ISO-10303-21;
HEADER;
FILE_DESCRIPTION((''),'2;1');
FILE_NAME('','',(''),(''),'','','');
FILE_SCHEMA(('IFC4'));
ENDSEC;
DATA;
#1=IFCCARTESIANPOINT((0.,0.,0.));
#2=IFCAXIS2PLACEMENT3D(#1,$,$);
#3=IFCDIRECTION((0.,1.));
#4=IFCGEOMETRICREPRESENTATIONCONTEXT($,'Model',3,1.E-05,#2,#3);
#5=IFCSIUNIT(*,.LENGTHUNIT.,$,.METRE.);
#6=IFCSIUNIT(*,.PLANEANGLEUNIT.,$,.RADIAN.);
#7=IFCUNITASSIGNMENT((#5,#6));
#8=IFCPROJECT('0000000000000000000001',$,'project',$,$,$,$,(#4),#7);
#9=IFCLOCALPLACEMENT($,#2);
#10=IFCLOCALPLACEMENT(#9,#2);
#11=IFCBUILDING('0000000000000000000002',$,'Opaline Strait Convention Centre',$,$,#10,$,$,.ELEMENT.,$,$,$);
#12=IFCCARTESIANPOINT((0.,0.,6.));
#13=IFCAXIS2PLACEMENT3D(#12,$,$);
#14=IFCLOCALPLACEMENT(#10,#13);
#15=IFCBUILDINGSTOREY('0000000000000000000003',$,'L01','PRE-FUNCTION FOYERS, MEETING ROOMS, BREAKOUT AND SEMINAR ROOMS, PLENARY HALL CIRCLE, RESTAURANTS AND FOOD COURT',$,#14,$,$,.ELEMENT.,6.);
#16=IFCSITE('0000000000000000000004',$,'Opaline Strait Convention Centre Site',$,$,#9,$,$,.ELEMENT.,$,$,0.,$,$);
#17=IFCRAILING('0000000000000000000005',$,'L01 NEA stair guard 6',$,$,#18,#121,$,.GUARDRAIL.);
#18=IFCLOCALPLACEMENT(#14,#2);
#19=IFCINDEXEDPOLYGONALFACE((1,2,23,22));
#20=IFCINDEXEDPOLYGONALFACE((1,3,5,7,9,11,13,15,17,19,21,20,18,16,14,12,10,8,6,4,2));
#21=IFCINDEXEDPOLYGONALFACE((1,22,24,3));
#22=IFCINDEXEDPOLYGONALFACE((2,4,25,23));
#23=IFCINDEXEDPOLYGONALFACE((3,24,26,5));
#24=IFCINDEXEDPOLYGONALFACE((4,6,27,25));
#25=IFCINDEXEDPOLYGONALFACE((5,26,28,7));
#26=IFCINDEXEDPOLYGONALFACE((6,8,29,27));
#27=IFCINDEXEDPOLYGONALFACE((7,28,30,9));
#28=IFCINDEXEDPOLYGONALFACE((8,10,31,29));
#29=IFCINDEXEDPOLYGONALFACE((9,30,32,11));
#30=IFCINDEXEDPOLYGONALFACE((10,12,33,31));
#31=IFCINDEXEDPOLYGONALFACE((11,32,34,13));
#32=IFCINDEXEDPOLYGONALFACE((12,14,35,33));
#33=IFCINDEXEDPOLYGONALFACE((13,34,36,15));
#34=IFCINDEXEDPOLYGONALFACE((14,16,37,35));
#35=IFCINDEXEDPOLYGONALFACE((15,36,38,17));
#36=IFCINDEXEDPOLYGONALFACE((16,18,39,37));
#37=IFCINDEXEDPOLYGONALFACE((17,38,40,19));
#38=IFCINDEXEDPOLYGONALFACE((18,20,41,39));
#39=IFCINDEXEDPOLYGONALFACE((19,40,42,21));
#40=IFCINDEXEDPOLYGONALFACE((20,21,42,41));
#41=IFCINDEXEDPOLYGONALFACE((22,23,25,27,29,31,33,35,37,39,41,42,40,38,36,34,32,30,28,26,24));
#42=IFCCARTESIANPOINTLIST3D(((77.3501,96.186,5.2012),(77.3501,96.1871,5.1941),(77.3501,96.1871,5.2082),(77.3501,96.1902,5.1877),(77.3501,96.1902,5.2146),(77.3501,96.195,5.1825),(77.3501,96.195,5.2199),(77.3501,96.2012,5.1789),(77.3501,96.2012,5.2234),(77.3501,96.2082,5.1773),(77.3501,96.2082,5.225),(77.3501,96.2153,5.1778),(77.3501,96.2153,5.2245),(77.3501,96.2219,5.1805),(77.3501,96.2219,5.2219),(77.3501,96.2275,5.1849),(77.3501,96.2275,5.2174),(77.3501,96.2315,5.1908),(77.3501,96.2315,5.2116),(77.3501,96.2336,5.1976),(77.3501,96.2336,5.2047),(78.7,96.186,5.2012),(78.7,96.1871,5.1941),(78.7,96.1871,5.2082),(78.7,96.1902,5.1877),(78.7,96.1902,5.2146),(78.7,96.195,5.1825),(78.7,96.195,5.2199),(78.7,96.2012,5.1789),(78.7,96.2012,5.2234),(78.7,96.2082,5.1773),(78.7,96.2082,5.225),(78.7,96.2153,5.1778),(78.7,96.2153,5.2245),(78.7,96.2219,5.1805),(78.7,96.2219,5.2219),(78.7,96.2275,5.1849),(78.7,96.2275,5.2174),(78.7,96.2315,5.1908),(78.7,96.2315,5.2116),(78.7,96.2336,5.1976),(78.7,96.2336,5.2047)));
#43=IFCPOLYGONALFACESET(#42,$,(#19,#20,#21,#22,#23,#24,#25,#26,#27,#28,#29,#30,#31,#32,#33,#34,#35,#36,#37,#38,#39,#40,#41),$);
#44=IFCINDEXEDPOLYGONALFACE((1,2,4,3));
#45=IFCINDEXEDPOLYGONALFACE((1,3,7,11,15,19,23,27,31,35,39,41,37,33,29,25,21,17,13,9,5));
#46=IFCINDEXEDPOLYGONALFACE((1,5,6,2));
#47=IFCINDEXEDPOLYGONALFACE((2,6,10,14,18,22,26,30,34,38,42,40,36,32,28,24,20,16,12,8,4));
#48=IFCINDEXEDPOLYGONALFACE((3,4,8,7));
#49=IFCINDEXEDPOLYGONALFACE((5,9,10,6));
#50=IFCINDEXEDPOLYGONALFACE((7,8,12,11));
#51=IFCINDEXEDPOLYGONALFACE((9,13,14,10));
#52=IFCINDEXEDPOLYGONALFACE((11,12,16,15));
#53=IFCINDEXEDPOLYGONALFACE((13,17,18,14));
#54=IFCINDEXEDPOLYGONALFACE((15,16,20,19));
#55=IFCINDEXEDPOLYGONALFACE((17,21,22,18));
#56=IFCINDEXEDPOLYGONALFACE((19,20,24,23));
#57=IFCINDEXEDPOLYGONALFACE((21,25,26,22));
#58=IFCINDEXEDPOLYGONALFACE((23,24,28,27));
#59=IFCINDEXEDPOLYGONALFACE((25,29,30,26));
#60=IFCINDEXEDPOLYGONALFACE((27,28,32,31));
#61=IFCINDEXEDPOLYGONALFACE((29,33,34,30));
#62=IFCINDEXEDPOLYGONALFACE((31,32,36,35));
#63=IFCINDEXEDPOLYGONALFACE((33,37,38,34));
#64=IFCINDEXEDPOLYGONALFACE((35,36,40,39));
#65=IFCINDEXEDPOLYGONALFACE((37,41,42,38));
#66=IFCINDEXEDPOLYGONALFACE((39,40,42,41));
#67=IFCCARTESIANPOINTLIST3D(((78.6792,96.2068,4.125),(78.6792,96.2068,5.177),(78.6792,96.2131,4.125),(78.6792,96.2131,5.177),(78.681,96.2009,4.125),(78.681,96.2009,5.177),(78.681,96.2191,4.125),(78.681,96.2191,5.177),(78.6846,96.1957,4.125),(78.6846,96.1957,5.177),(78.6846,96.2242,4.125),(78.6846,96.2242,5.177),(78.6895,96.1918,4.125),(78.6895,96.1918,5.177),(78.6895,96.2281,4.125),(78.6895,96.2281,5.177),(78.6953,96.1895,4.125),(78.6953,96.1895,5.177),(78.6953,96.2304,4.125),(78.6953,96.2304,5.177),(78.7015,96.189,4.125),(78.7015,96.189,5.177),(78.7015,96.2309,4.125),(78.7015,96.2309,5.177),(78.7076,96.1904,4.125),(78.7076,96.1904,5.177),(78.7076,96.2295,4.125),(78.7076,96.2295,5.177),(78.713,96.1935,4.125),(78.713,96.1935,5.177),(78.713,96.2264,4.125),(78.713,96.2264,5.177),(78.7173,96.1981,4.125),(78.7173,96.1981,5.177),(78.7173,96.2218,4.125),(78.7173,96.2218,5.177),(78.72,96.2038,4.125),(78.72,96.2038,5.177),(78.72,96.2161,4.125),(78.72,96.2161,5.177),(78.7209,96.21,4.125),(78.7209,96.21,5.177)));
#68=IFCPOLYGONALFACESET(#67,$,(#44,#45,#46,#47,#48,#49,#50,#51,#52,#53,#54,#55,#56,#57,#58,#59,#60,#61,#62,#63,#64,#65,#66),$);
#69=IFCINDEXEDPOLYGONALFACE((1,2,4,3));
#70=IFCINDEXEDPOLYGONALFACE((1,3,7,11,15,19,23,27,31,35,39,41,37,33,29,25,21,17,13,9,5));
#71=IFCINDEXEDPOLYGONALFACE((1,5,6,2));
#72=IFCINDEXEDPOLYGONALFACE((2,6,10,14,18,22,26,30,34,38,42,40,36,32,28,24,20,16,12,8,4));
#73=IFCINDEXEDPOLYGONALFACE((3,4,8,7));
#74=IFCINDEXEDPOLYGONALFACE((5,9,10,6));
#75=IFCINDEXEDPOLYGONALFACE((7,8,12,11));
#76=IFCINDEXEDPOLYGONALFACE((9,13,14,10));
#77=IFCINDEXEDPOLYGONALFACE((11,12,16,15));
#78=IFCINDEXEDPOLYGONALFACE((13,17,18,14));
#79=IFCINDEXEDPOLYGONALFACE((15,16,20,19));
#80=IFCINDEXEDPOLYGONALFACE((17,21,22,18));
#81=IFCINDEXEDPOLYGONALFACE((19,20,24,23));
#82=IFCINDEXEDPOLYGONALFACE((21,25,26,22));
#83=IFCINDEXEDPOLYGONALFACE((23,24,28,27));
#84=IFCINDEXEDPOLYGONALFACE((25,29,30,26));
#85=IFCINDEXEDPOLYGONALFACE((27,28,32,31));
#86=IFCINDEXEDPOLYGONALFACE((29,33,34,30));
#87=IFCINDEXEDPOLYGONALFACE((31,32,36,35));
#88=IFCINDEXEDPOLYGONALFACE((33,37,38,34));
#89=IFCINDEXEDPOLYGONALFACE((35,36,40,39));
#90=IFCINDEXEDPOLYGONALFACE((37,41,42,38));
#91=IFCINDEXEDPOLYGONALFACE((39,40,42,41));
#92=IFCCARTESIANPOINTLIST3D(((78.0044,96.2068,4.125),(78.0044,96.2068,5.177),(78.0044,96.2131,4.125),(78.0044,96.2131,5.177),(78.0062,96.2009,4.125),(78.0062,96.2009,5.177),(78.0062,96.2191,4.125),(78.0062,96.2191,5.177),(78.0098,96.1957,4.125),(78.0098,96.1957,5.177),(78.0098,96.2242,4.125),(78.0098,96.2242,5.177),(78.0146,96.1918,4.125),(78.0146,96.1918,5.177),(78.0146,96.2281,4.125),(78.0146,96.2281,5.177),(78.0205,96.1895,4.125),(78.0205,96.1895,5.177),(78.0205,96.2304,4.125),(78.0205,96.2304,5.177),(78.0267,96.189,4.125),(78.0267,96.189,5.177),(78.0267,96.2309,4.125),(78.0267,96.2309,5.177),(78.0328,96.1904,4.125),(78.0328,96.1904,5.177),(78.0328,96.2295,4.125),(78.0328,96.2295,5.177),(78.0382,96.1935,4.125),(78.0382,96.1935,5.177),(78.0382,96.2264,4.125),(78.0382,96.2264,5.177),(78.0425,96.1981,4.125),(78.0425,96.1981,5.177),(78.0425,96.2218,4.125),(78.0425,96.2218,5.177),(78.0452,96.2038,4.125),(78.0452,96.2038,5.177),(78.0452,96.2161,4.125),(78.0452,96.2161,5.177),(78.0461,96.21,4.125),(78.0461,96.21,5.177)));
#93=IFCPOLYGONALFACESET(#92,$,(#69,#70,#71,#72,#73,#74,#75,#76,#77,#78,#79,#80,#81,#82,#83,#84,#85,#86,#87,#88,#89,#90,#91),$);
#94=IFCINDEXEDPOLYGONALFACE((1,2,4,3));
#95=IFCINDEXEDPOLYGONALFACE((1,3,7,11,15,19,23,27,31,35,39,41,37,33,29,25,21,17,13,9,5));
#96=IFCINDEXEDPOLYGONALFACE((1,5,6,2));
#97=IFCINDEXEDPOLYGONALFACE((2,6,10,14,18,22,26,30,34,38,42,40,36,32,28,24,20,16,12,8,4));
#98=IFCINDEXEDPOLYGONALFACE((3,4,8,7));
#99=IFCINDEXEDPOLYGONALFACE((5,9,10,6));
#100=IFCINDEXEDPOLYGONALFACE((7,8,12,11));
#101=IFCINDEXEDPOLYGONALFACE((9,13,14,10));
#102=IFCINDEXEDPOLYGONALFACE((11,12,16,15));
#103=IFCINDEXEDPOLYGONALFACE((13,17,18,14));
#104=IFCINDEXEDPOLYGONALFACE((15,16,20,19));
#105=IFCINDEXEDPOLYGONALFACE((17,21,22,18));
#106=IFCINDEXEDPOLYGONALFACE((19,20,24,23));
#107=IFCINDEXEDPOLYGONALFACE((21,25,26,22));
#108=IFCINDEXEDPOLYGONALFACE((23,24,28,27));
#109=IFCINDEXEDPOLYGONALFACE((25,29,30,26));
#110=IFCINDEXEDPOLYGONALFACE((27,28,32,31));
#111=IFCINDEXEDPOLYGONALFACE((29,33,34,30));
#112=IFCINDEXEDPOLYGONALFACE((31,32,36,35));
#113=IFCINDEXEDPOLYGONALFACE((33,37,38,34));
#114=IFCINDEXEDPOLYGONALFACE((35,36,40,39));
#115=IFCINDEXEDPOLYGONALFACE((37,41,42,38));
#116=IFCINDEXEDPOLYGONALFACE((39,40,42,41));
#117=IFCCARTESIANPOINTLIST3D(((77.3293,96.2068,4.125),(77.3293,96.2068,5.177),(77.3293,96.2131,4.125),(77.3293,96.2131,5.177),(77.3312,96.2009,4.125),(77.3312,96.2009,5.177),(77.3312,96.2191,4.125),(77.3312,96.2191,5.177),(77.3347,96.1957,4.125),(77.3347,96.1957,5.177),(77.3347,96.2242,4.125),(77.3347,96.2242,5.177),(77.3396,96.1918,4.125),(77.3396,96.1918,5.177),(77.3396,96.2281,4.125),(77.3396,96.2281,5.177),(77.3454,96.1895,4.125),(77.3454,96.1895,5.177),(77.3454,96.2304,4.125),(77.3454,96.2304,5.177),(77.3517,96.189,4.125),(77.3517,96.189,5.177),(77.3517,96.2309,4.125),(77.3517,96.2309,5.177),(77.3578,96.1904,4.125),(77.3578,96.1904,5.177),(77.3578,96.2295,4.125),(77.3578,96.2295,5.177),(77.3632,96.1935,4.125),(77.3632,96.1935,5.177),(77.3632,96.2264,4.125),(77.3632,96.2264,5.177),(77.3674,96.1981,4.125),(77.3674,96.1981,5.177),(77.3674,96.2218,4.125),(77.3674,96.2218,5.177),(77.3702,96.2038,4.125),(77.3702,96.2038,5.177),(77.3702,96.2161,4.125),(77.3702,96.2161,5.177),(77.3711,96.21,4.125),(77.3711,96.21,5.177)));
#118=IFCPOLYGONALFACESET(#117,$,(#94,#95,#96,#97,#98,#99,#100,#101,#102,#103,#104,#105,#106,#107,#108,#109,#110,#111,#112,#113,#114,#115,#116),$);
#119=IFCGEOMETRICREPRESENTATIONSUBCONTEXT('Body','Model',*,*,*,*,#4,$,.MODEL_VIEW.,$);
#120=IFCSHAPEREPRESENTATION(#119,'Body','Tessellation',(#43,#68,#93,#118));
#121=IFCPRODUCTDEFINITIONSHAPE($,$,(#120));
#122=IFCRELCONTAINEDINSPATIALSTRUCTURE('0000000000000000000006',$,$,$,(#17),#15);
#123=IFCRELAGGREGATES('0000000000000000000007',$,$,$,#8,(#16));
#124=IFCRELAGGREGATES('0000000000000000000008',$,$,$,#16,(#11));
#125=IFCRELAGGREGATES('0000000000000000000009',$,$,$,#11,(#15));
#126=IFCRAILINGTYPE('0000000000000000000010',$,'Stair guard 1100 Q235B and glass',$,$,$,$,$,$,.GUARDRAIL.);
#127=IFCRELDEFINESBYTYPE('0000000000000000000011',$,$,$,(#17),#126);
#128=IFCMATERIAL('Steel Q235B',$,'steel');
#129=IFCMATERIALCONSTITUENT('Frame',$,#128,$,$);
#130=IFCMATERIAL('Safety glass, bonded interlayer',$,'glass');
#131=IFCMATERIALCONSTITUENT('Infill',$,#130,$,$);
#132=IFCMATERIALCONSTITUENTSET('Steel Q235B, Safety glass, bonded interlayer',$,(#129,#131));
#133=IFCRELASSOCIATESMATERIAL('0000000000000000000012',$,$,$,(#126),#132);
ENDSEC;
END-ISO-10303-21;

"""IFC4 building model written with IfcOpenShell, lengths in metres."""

from ifc_helpers import new_model, si_unit, direction, frame, origin, origin_2d, place, context, subcontext, project, spatial, circle, extrude, material, constituent, constituent_set, type_object, element, save


model = new_model("IFC4")

# Units and contexts
model_context = context("Model", 3, precision=1e-05, world=origin(), true_north=direction((0.0, 1.0)))
body_context = subcontext(model_context, "Body", "Model", "MODEL_VIEW")
ifc_project = project(units=[si_unit("LENGTHUNIT", "METRE"), si_unit("PLANEANGLEUNIT", "RADIAN")], contexts=[model_context])

# Site, building, storey
site_placement = place(None, origin())
site = spatial("IfcSite", under=ifc_project, at=site_placement, Name="Opaline Strait Convention Centre Site", CompositionType="ELEMENT", RefElevation=0.0)
building_placement = place(site_placement, origin())
building = spatial("IfcBuilding", under=site, at=building_placement, Name="Opaline Strait Convention Centre", CompositionType="ELEMENT")
storey_placement = place(building_placement, frame((0.0, 0.0, 6.0)))
storey = spatial("IfcBuildingStorey", under=building, at=storey_placement, Name="L01", Description="PRE-FUNCTION FOYERS, MEETING ROOMS, BREAKOUT AND SEMINAR ROOMS, PLENARY HALL CIRCLE, RESTAURANTS AND FOOD COURT", CompositionType="ELEMENT", Elevation=6.0)

# Railing
ifc_material_1 = material(Name="Safety glass, bonded interlayer", Category="glass")
ifc_material_2 = material(Name="Steel Q235B", Category="steel")
ifc_constituent_1 = constituent(ifc_material_2, Name="Frame")
ifc_constituent_2 = constituent(ifc_material_1, Name="Infill")
ifc_constituent_set_1 = constituent_set(constituents=[ifc_constituent_1, ifc_constituent_2], Name="Steel Q235B, Safety glass, bonded interlayer")
railing_type_1 = type_object("IfcRailingType", Name="Stair guard 1100 Q235B and glass", PredefinedType="GUARDRAIL", material=ifc_constituent_set_1)
railing_1_placement = place(storey_placement, frame((78.7, 96.21, 4.125)))
element("IfcRailing", 1, at=railing_1_placement, inside=storey, type_object=railing_type_1, Name="L01 NEA stair guard 6", PredefinedType="GUARDRAIL", context=body_context, shape_type="SweptSolid", body=[
    extrude(circle(Radius=0.0239, at=origin_2d()), frame((0.0, 0.0, 1.0762), z_axis=(-1.0, 0.0, 0.0), x_axis=(0.0, -1.0, 0.0)), (0.0, 0.0, 1.0), 1.3499),
    extrude(circle(Radius=0.021, at=origin_2d()), origin(), (0.0, 0.0, 1.0), 1.052),
    extrude(circle(Radius=0.021, at=origin_2d()), frame((-0.6748, 0.0, 0.0)), (0.0, 0.0, 1.0), 1.052),
    extrude(circle(Radius=0.021, at=origin_2d()), frame((-1.3499, 0.0, 0.0)), (0.0, 0.0, 1.0), 1.052),
])

save(model, "model.ifc")
